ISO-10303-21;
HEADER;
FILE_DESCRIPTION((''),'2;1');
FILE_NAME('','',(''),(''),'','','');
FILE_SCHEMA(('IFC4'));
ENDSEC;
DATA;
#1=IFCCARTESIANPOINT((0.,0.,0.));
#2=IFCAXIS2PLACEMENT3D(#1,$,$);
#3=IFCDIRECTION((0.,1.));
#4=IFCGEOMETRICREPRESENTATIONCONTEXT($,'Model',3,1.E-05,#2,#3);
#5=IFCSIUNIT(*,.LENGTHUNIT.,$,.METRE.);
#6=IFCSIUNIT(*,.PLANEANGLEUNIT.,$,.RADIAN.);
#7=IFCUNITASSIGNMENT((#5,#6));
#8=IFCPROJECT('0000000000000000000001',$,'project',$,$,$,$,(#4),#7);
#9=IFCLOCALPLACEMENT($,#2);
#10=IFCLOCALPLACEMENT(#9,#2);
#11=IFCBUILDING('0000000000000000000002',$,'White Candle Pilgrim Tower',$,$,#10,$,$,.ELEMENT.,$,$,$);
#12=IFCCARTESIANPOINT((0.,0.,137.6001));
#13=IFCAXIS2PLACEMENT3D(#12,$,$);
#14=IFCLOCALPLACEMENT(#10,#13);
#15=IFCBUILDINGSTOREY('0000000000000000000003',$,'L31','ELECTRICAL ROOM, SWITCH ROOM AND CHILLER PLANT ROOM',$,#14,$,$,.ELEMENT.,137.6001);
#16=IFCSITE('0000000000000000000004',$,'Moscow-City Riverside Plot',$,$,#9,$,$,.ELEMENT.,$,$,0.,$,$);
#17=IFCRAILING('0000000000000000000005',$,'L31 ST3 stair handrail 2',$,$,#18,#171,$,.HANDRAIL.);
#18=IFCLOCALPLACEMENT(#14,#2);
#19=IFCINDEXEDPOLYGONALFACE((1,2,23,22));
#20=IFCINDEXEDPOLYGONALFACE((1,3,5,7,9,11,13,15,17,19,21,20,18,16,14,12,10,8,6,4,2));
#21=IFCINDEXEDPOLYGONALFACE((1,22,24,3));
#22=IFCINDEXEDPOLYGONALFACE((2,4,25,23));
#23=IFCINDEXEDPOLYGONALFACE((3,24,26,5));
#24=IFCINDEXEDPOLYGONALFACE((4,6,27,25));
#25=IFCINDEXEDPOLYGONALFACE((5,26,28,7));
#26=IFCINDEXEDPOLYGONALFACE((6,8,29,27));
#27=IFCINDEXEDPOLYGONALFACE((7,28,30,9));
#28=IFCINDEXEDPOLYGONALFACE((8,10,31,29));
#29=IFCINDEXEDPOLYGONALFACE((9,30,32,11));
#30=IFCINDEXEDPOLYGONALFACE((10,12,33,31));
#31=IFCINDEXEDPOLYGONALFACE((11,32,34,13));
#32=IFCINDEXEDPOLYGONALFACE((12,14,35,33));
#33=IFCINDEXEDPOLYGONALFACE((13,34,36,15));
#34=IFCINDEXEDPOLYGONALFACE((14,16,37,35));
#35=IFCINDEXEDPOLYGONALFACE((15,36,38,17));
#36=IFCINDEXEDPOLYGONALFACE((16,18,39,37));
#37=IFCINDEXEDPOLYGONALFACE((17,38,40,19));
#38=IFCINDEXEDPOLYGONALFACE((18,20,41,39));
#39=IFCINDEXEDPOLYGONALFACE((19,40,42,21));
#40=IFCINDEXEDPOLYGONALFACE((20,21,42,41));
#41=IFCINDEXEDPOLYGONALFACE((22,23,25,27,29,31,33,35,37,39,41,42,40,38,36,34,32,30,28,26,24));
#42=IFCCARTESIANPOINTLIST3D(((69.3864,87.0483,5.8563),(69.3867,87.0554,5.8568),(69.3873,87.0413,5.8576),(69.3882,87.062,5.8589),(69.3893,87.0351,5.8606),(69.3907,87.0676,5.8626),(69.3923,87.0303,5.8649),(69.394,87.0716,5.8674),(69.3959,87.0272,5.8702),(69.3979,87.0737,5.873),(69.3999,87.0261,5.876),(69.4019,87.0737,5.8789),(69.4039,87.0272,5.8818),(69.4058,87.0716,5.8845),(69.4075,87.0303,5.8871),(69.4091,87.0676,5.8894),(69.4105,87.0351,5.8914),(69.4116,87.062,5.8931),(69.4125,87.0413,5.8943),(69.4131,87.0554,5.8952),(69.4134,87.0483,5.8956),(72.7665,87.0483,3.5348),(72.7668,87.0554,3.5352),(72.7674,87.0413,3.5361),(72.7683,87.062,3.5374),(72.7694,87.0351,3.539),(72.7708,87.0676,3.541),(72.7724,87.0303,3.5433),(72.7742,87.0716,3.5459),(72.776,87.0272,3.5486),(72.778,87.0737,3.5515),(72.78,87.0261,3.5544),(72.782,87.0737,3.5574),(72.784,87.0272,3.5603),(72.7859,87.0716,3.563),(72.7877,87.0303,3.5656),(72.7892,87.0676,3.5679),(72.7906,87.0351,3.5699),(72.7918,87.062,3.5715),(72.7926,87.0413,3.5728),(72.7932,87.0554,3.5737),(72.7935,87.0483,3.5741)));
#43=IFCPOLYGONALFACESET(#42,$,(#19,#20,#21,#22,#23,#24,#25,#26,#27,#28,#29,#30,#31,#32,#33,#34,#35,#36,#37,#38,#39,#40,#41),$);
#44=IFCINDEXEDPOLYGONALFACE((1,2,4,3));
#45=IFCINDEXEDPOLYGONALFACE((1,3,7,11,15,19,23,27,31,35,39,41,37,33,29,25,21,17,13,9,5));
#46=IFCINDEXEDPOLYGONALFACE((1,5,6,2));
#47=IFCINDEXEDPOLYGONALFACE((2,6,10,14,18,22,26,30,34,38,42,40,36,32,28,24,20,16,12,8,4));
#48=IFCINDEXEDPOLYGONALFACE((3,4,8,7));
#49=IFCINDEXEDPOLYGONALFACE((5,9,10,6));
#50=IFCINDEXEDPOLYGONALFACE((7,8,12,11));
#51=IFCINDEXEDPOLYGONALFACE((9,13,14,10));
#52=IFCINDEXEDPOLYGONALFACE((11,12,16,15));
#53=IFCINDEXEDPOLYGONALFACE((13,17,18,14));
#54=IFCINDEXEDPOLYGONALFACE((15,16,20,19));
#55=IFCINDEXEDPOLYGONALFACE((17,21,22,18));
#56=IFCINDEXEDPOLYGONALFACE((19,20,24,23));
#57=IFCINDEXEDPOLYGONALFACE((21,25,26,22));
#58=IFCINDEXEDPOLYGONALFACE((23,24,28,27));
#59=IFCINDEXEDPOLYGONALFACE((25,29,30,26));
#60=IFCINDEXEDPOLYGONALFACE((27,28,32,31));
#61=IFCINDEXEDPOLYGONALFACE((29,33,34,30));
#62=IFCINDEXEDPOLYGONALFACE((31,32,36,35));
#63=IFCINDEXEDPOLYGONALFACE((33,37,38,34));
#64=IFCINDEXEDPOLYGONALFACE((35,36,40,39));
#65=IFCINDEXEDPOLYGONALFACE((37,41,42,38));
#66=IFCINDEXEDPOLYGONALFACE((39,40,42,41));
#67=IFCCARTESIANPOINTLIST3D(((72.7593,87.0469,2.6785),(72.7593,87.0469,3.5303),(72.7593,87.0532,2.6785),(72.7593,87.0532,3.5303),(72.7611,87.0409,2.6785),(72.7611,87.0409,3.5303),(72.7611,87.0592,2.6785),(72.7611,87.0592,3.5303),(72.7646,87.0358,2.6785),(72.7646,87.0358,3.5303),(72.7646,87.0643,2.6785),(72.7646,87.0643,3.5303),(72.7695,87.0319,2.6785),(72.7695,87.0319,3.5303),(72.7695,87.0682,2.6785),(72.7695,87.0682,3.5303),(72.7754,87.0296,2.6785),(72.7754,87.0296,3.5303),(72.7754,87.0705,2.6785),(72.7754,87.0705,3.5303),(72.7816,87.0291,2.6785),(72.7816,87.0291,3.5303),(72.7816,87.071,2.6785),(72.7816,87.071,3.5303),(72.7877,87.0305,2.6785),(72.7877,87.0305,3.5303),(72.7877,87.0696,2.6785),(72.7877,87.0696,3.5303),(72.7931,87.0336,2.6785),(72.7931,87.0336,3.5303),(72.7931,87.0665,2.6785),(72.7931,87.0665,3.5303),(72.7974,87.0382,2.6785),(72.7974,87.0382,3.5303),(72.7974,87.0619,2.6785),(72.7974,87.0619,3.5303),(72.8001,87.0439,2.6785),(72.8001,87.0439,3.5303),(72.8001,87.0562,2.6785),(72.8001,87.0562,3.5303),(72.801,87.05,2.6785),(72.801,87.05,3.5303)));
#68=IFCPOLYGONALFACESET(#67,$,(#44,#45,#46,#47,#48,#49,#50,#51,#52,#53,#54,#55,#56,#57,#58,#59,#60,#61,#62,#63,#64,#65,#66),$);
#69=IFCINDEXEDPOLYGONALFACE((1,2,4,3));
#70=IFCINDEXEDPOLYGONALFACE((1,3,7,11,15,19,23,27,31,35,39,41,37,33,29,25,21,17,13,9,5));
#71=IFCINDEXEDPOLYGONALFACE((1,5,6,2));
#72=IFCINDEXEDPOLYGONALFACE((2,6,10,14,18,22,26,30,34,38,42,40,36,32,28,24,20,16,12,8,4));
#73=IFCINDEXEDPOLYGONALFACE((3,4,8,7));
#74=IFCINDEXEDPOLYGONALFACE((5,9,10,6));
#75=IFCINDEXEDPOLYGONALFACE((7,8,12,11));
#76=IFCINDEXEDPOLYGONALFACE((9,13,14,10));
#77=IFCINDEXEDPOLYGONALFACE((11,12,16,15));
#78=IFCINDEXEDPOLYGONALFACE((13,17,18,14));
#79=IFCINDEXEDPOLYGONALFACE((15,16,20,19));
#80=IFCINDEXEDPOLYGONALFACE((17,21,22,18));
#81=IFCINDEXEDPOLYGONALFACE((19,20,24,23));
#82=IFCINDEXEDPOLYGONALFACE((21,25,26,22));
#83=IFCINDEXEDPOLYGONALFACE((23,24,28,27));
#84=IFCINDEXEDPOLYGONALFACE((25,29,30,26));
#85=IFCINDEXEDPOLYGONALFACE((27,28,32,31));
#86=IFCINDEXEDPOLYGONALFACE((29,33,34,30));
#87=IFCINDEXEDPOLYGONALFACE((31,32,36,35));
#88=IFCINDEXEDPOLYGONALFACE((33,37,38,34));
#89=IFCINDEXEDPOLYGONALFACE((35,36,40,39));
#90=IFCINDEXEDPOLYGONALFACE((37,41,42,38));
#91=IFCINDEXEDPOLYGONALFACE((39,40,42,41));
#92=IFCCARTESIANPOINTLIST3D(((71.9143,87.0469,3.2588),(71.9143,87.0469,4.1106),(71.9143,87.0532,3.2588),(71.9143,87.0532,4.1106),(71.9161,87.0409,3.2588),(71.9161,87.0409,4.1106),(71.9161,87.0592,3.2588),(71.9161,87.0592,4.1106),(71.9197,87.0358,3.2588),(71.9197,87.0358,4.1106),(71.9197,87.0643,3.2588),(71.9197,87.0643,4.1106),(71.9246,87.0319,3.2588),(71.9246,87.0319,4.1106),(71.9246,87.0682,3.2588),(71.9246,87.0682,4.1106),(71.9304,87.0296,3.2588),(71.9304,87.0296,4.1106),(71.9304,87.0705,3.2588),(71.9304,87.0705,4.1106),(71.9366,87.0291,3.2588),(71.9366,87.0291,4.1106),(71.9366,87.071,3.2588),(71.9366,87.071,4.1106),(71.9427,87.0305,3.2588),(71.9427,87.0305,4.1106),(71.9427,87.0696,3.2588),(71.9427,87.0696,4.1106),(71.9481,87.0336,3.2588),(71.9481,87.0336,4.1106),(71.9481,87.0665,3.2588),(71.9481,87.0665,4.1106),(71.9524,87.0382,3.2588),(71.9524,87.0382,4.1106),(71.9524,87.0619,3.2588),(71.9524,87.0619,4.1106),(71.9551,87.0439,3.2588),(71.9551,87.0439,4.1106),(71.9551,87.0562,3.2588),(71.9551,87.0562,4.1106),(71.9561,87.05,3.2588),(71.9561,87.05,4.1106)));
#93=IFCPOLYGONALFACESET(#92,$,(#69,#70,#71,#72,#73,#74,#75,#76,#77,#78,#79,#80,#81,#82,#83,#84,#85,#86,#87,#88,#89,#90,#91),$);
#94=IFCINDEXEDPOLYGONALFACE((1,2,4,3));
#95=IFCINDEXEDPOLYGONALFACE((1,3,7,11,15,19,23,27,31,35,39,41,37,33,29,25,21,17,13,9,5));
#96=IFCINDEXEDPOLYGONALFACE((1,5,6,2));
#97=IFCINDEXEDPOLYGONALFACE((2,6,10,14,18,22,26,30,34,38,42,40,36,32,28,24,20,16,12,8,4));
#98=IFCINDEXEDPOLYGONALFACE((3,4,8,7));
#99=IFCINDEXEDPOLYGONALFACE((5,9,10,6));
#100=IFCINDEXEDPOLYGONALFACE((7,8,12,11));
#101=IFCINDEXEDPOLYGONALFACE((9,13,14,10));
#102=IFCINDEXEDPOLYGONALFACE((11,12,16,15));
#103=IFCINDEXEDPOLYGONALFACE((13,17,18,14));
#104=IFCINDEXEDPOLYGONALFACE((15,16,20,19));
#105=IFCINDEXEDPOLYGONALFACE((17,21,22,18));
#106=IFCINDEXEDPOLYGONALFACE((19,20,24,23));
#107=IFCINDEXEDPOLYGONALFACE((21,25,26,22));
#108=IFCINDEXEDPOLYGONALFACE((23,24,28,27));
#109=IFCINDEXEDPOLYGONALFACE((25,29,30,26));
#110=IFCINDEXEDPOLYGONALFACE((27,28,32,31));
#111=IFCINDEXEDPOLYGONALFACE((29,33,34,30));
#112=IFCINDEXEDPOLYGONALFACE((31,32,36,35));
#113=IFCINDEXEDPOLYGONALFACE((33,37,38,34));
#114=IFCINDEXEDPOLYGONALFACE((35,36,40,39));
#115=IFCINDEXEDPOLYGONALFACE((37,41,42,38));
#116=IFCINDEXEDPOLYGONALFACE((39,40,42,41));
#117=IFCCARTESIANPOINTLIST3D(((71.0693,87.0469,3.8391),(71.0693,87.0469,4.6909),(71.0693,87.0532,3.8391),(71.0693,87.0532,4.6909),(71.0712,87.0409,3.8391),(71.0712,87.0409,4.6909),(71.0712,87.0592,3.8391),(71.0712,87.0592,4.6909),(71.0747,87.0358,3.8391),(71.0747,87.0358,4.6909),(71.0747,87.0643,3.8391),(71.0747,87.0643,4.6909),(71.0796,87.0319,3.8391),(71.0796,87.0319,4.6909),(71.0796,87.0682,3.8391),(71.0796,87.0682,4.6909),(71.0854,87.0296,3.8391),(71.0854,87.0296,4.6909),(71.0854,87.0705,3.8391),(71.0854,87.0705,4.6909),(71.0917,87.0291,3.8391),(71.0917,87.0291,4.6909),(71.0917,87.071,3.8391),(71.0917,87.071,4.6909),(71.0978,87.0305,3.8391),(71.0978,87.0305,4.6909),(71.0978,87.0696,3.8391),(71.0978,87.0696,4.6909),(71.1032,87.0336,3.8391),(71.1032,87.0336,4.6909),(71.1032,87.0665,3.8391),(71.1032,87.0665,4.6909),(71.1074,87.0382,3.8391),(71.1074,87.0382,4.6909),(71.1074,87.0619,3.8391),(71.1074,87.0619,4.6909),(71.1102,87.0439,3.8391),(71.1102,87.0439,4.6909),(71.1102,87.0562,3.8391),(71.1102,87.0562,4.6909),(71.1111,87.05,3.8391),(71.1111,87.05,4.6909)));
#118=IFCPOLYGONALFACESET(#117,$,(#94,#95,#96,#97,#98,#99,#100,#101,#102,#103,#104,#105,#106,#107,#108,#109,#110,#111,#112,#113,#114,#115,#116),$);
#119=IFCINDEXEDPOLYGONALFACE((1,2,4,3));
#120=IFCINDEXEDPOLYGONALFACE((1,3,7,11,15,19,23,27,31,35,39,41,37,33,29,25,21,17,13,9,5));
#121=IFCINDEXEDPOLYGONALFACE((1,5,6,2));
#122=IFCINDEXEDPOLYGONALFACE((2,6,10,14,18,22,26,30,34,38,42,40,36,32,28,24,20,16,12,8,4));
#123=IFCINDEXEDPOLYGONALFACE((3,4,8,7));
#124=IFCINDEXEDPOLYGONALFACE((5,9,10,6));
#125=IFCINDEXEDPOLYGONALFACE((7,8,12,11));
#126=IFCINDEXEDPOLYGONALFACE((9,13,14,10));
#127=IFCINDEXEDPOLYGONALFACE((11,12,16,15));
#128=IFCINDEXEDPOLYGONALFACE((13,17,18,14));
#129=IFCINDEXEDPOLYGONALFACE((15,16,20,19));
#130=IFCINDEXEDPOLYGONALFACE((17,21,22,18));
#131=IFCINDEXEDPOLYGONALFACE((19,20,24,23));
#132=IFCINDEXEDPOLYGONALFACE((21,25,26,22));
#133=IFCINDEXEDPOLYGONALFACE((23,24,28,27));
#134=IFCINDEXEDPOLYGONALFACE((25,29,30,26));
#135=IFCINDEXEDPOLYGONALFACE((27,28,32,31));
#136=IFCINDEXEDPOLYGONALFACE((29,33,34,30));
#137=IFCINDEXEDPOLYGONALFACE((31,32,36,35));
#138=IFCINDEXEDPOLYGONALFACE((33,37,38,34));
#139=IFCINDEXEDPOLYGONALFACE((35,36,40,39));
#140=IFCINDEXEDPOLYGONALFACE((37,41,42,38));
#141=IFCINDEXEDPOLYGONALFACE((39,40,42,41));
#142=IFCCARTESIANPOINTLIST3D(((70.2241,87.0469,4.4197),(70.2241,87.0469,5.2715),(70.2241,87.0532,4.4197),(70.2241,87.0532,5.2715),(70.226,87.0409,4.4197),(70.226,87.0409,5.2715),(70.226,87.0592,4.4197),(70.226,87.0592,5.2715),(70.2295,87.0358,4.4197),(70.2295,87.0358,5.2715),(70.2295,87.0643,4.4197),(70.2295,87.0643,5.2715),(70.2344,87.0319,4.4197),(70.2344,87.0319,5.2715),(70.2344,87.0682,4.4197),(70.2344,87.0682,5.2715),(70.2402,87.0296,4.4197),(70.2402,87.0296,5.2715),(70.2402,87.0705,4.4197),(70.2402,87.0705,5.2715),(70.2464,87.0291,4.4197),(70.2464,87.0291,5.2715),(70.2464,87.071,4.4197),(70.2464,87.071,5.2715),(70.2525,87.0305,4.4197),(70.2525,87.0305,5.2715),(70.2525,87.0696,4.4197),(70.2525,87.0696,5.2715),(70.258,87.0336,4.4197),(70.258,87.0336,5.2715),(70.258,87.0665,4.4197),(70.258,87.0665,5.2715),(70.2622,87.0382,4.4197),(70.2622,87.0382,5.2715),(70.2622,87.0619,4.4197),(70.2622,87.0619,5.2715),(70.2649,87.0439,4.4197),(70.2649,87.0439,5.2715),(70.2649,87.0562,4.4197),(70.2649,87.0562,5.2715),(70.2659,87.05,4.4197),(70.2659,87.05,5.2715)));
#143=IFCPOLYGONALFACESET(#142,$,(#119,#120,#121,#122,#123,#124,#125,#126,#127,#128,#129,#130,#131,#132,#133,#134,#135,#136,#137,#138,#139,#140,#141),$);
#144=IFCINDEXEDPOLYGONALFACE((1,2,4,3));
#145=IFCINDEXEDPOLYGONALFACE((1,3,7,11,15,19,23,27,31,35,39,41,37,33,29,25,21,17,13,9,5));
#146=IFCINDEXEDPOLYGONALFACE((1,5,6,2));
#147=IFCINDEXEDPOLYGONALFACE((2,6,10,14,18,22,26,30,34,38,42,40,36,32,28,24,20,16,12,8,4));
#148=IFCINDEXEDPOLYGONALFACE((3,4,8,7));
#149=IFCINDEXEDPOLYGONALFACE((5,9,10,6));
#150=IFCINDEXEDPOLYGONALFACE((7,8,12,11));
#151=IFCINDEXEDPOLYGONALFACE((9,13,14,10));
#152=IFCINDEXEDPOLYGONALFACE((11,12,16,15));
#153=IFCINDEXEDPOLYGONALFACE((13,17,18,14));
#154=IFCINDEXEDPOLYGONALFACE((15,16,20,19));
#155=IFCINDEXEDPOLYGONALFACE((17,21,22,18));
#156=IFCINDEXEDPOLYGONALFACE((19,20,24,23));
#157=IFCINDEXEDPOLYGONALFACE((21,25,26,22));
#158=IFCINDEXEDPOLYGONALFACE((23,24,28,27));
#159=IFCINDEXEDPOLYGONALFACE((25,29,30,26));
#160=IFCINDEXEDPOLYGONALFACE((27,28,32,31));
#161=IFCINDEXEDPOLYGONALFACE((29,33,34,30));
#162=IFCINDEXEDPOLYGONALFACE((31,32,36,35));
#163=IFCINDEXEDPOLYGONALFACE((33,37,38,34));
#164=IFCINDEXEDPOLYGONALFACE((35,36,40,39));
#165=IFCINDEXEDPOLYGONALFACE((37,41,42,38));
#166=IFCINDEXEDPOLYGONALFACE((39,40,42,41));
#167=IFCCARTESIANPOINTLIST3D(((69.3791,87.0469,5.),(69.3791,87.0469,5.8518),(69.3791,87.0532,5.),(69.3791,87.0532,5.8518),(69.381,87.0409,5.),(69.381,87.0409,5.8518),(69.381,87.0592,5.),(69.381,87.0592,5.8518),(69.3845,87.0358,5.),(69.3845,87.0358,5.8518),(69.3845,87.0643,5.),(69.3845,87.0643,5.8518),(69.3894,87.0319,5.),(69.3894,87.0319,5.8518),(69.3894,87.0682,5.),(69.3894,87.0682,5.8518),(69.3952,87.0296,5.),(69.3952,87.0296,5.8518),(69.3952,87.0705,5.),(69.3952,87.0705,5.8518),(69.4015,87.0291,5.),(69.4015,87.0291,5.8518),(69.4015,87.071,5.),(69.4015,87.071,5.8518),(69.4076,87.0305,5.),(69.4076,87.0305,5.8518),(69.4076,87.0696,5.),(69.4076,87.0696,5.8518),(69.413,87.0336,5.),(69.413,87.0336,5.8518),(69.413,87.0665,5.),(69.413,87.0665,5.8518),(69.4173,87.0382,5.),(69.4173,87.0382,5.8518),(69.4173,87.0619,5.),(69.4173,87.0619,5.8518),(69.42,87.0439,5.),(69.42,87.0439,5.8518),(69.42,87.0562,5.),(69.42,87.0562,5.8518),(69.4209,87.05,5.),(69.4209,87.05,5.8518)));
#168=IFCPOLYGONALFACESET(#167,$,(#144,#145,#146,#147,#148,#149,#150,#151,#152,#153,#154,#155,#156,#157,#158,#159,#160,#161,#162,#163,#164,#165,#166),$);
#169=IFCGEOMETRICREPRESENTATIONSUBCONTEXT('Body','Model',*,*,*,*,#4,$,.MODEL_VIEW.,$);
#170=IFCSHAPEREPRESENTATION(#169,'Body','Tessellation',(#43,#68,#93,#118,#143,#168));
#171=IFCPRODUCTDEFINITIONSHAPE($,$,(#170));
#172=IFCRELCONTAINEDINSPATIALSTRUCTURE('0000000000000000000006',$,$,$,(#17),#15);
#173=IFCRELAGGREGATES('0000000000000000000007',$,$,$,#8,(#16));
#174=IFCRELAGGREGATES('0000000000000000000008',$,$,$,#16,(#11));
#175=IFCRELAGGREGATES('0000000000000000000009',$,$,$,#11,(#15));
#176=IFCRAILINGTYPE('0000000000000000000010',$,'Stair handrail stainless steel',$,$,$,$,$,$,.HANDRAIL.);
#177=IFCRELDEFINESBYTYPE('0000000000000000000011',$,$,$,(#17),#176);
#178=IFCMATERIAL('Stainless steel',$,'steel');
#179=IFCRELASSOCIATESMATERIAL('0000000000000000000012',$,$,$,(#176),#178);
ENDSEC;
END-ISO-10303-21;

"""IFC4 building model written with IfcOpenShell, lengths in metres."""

from ifc_helpers import new_model, si_unit, direction, frame, origin, origin_2d, place, context, subcontext, project, spatial, circle, extrude, material, type_object, element, save


model = new_model("IFC4")

# Units and contexts
model_context = context("Model", 3, precision=1e-05, world=origin(), true_north=direction((0.0, 1.0)))
body_context = subcontext(model_context, "Body", "Model", "MODEL_VIEW")
ifc_project = project(units=[si_unit("LENGTHUNIT", "METRE"), si_unit("PLANEANGLEUNIT", "RADIAN")], contexts=[model_context])

# Site, building, storey
site_placement = place(None, origin())
site = spatial("IfcSite", under=ifc_project, at=site_placement, Name="Moscow-City Riverside Plot", CompositionType="ELEMENT", RefElevation=0.0)
building_placement = place(site_placement, origin())
building = spatial("IfcBuilding", under=site, at=building_placement, Name="White Candle Pilgrim Tower", CompositionType="ELEMENT")
storey_placement = place(building_placement, frame((0.0, 0.0, 137.6001)))
storey = spatial("IfcBuildingStorey", under=building, at=storey_placement, Name="L31", Description="ELECTRICAL ROOM, SWITCH ROOM AND CHILLER PLANT ROOM", CompositionType="ELEMENT", Elevation=137.6001)

# Railing
ifc_material_1 = material(Name="Stainless steel", Category="steel")
railing_type_1 = type_object("IfcRailingType", Name="Stair handrail stainless steel", PredefinedType="HANDRAIL", material=ifc_material_1)
railing_1_placement = place(storey_placement, frame((72.78, 87.05, 2.6785)))
element("IfcRailing", 1, at=railing_1_placement, inside=storey, type_object=railing_type_1, Name="L31 ST3 stair handrail 2", PredefinedType="HANDRAIL", context=body_context, shape_type="SweptSolid", body=[
    extrude(circle(Radius=0.0239, at=origin_2d()), frame((0.0, 0.0, 0.876), z_axis=(-0.824304, 0.0, 0.566147), x_axis=(0.0, -1.0, 0.0)), (0.0, 0.0, 1.0), 4.1006),
    extrude(circle(Radius=0.021, at=origin_2d()), origin(), (0.0, 0.0, 1.0), 0.8518),
    extrude(circle(Radius=0.021, at=origin_2d()), frame((-0.845, 0.0, 0.5803)), (0.0, 0.0, 1.0), 0.8518),
    extrude(circle(Radius=0.021, at=origin_2d()), frame((-1.6899, 0.0, 1.1606)), (0.0, 0.0, 1.0), 0.8518),
    extrude(circle(Radius=0.021, at=origin_2d()), frame((-2.5352, 0.0, 1.7412)), (0.0, 0.0, 1.0), 0.8518),
    extrude(circle(Radius=0.021, at=origin_2d()), frame((-3.3801, 0.0, 2.3215)), (0.0, 0.0, 1.0), 0.8518),
])

save(model, "model.ifc")
